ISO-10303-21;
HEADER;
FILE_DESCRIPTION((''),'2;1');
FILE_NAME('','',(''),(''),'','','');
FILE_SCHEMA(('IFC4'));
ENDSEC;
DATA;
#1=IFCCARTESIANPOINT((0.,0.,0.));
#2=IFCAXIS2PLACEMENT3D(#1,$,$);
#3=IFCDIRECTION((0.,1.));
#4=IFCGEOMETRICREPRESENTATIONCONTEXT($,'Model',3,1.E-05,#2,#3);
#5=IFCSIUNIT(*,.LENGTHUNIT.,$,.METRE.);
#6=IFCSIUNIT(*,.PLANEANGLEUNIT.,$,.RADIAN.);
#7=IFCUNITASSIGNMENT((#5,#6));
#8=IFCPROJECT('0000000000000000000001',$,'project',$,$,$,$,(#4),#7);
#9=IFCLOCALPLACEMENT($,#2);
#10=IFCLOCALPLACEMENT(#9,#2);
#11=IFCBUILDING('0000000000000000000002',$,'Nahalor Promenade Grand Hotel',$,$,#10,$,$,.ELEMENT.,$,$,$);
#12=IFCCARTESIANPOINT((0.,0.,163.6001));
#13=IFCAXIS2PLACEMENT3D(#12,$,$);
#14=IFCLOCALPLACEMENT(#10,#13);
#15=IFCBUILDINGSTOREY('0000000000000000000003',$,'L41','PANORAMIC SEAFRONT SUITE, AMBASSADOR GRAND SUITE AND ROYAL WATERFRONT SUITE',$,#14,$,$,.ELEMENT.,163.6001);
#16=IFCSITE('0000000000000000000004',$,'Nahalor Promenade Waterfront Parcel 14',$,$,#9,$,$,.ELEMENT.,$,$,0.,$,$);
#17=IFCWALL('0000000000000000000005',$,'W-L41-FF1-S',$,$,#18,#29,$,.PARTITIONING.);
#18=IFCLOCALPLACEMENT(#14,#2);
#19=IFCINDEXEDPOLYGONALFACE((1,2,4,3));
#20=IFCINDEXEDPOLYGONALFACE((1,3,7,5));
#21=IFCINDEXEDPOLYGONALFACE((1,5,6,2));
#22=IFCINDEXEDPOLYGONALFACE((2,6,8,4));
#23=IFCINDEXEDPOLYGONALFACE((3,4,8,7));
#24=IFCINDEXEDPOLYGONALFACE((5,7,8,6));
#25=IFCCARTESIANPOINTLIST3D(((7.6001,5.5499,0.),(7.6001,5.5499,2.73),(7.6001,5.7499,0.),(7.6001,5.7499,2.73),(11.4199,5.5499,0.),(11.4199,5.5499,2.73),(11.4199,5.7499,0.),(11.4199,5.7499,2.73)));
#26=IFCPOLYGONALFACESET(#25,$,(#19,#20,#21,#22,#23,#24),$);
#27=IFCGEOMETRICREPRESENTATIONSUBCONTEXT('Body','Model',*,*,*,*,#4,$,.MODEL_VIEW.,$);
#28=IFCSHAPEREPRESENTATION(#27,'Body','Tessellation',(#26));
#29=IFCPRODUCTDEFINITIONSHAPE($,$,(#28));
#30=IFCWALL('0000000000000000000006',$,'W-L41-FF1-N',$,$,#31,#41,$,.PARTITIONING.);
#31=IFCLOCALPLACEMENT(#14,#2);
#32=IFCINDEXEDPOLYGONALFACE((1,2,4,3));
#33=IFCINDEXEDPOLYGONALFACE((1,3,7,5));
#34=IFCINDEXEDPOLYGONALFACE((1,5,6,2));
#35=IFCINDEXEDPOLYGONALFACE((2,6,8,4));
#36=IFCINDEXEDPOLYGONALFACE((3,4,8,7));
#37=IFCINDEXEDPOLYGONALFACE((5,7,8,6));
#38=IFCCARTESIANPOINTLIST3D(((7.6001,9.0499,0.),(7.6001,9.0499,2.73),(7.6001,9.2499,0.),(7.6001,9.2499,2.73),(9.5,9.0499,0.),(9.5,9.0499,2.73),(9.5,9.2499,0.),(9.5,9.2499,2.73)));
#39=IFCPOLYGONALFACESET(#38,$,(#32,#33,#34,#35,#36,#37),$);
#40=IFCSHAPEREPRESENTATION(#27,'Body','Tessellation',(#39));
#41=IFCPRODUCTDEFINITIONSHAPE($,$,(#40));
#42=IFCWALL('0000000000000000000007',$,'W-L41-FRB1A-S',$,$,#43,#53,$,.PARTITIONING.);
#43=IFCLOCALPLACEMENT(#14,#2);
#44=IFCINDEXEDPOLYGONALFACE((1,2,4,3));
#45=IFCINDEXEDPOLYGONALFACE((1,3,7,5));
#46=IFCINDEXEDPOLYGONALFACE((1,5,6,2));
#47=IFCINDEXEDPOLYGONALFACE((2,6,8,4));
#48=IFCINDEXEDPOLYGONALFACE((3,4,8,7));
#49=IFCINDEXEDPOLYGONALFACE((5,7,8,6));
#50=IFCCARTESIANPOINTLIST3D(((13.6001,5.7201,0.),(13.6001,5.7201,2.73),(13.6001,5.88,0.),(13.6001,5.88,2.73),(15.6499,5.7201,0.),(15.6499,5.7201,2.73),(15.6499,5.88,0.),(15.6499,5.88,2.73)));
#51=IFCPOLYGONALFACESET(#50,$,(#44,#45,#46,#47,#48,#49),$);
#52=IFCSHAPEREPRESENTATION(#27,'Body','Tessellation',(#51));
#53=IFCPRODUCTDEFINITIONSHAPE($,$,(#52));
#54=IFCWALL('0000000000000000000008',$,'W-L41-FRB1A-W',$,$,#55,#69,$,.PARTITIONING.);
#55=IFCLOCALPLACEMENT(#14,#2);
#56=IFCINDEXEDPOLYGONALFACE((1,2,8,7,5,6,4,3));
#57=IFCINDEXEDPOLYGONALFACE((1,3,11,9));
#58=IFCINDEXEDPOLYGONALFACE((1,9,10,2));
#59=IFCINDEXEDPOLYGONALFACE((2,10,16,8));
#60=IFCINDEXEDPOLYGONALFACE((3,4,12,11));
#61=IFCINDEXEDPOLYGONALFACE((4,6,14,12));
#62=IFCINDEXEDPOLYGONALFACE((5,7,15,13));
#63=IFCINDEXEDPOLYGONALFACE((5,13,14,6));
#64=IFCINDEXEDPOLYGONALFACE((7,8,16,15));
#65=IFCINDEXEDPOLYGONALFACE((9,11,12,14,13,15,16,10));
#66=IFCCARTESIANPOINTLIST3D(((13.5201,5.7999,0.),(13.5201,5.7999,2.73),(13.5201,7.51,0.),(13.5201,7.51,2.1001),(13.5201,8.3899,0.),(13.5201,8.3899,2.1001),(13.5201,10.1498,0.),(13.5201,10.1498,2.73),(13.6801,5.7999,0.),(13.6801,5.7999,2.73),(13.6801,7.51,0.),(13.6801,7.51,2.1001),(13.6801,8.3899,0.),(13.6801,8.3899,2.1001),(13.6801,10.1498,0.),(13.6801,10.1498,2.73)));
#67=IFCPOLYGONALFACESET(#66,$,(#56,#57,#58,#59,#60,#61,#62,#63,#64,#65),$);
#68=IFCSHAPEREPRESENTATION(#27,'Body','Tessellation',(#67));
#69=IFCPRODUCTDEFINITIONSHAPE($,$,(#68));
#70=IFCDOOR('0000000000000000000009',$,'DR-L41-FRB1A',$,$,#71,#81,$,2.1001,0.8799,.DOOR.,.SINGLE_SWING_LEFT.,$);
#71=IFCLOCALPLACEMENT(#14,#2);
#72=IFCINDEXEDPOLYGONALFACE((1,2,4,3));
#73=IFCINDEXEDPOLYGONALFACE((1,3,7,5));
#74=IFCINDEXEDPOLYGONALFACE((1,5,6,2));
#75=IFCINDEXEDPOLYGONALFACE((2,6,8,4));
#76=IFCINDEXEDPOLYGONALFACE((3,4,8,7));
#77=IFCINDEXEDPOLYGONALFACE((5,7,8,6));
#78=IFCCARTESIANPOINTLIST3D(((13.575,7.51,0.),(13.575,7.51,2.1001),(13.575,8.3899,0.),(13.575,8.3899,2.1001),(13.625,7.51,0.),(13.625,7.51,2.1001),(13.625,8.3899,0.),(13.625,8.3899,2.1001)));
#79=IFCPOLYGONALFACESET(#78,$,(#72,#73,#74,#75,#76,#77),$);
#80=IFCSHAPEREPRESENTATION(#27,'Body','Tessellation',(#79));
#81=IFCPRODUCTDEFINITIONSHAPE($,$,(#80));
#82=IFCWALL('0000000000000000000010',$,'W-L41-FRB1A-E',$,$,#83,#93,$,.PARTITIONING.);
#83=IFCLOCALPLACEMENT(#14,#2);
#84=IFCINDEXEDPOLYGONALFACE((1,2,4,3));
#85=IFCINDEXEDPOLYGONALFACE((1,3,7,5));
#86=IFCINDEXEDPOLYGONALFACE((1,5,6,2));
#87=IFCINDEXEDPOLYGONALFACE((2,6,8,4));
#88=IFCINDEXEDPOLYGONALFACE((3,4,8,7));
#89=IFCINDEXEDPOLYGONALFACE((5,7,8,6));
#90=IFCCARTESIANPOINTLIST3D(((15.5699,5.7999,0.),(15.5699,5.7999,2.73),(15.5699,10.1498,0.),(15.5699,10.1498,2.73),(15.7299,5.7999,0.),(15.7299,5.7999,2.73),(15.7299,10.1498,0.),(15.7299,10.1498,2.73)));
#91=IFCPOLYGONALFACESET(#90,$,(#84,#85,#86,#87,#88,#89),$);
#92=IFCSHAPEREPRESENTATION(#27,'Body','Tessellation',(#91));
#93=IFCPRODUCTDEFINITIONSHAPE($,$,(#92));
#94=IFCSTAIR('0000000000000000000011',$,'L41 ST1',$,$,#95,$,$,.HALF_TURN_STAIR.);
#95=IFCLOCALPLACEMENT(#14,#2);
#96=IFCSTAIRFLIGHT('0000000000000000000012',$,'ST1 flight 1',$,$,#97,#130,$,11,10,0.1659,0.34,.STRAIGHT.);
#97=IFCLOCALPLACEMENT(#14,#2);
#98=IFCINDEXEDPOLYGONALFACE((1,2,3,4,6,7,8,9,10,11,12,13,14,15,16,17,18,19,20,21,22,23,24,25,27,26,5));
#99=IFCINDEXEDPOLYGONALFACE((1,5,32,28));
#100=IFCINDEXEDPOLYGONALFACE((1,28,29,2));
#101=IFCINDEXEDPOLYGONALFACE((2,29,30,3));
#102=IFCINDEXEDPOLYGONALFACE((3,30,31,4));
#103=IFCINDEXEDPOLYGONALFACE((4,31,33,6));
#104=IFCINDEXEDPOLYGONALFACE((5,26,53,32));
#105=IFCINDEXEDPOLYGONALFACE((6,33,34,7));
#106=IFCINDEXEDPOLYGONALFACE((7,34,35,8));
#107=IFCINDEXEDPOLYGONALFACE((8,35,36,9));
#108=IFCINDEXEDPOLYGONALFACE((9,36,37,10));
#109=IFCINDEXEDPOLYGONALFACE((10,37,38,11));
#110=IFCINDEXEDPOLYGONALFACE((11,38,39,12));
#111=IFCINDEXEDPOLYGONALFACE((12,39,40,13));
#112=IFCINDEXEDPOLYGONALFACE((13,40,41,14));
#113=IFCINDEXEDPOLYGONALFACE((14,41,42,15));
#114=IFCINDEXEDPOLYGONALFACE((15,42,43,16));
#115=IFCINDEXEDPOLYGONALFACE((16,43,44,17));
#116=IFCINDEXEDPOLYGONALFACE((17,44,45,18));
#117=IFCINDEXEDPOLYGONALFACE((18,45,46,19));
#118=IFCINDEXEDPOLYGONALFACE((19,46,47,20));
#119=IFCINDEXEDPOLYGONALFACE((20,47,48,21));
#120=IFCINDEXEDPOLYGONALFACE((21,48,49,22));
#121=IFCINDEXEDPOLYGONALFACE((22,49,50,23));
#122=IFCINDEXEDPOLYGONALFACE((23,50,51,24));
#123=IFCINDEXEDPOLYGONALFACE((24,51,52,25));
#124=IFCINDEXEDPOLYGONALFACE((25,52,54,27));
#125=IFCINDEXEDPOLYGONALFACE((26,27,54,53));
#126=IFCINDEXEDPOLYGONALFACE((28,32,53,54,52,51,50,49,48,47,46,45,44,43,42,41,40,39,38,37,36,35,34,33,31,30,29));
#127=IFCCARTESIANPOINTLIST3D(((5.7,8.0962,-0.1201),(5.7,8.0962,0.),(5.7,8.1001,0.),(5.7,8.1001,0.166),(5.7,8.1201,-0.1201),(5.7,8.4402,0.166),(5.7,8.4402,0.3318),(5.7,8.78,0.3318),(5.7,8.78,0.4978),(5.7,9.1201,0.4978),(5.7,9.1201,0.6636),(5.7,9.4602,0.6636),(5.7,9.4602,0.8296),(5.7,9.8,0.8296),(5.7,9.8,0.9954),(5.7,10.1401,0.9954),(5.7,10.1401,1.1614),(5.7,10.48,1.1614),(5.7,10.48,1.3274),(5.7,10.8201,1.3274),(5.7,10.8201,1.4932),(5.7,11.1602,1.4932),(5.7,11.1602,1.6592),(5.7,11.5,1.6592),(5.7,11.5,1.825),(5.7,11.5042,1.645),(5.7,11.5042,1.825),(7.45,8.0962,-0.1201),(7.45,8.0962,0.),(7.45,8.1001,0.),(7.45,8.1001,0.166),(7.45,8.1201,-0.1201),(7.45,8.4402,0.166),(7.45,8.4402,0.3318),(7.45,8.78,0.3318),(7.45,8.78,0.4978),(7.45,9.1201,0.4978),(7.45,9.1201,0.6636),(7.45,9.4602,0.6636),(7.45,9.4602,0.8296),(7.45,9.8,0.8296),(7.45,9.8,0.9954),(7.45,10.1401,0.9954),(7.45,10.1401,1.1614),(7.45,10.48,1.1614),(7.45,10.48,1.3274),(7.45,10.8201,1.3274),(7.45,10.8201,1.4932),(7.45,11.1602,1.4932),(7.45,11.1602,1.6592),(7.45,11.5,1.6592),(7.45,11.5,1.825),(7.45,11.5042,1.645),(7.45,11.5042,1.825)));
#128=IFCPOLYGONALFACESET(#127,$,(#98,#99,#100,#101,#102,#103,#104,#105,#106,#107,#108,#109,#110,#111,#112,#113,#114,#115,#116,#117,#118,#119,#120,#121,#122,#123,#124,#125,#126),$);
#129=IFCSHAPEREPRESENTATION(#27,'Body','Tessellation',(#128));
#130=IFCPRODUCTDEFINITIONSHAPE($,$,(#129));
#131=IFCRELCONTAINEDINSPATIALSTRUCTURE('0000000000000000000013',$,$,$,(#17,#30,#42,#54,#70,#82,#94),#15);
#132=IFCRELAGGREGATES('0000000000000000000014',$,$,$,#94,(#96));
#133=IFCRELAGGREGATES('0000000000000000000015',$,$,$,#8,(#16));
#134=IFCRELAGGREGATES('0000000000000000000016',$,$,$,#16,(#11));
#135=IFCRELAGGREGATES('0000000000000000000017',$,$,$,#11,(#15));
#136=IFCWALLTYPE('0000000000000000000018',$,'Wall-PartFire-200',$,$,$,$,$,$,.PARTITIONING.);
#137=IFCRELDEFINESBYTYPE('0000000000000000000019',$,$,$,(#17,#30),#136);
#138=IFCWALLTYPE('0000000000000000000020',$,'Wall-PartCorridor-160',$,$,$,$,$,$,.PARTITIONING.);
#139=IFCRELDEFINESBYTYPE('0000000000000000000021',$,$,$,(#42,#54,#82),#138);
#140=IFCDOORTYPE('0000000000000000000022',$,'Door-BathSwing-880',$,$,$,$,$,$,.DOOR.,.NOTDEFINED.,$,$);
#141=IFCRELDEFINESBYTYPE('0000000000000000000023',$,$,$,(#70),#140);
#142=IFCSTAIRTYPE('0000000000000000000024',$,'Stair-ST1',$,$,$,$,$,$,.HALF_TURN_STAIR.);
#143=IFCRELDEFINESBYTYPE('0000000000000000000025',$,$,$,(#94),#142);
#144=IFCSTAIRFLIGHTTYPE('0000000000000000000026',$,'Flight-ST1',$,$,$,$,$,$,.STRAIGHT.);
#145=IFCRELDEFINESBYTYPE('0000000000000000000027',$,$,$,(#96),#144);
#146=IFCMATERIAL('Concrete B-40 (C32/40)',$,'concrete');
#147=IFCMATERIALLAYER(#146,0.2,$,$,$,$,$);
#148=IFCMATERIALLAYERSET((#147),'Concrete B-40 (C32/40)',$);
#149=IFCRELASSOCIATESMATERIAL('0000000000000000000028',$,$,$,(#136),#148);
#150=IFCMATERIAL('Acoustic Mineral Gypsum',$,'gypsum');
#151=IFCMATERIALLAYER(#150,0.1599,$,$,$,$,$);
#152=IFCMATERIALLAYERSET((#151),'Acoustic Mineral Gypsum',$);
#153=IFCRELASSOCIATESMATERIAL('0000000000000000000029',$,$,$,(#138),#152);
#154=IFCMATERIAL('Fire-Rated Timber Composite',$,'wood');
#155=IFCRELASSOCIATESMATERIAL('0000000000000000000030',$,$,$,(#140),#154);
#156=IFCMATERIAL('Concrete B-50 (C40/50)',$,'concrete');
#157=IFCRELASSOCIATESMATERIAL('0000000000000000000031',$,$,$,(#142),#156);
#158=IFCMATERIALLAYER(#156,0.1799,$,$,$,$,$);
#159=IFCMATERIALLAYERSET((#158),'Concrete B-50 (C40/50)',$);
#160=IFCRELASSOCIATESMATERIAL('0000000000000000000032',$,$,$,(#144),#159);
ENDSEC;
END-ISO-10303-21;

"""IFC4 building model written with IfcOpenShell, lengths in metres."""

from ifc_helpers import new_model, si_unit, direction, frame, frame_2d, origin, place, context, subcontext, project, spatial, polyline, rectangle, outline, extrude, source, transform, mapped, material, layer, layer_set, type_object, element, fill, aggregate, save


model = new_model("IFC4")

# Units and contexts
model_context = context("Model", 3, precision=1e-05, world=origin(), true_north=direction((0.0, 1.0)))
body_context = subcontext(model_context, "Body", "Model", "MODEL_VIEW")
ifc_project = project(units=[si_unit("LENGTHUNIT", "METRE"), si_unit("PLANEANGLEUNIT", "RADIAN")], contexts=[model_context])

# Site, building, storey
site_placement = place(None, origin())
site = spatial("IfcSite", under=ifc_project, at=site_placement, Name="Nahalor Promenade Waterfront Parcel 14", CompositionType="ELEMENT", RefElevation=0.0)
building_placement = place(site_placement, origin())
building = spatial("IfcBuilding", under=site, at=building_placement, Name="Nahalor Promenade Grand Hotel", CompositionType="ELEMENT")
storey_placement = place(building_placement, frame((0.0, 0.0, 163.6001)))
storey = spatial("IfcBuildingStorey", under=building, at=storey_placement, Name="L41", Description="PANORAMIC SEAFRONT SUITE, AMBASSADOR GRAND SUITE AND ROYAL WATERFRONT SUITE", CompositionType="ELEMENT", Elevation=163.6001)

# Shared definitions
ifc_material_1 = material(Name="Concrete B-50 (C40/50)", Category="concrete")

# Walls
ifc_material_2 = material(Name="Concrete B-40 (C32/40)", Category="concrete")
ifc_layer_1 = layer(ifc_material_2, 0.2)
ifc_layer_set_1 = layer_set([ifc_layer_1], Name="Concrete B-40 (C32/40)")
wall_type_1 = type_object("IfcWallType", Name="Wall-PartFire-200", PredefinedType="PARTITIONING", material=ifc_layer_set_1)
shared_shape_1 = source(origin(), body_context, "Body", "SweptSolid", [
    extrude(rectangle(XDim=3.8198, YDim=0.2, at=frame_2d((1.9099, 0.0))), origin(), (0.0, 0.0, 1.0), 2.73),
])
wall_1_placement = place(storey_placement, frame((7.6001, 5.6499, 0.0), z_axis=(0.0, 0.0, 1.0), x_axis=(1.0, 0.0, 0.0)))
element("IfcWall", 1, at=wall_1_placement, inside=storey, type_object=wall_type_1, Name="W-L41-FF1-S", PredefinedType="PARTITIONING", context=body_context, shape_type="MappedRepresentation", body=[
    mapped(shared_shape_1, transform((0.0, 0.0, 0.0), scale=1.0)),
])
shared_shape_2 = source(origin(), body_context, "Body", "SweptSolid", [
    extrude(rectangle(XDim=1.8999, YDim=0.2, at=frame_2d((0.95, 0.0))), origin(), (0.0, 0.0, 1.0), 2.73),
])
wall_2_placement = place(storey_placement, frame((7.6001, 9.1499, 0.0), z_axis=(0.0, 0.0, 1.0), x_axis=(1.0, 0.0, 0.0)))
element("IfcWall", 2, at=wall_2_placement, inside=storey, type_object=wall_type_1, Name="W-L41-FF1-N", PredefinedType="PARTITIONING", context=body_context, shape_type="MappedRepresentation", body=[
    mapped(shared_shape_2, transform((0.0, 0.0, 0.0), scale=1.0)),
])

# Wall
ifc_material_3 = material(Name="Acoustic Mineral Gypsum", Category="gypsum")
ifc_layer_2 = layer(ifc_material_3, 0.1599)
ifc_layer_set_2 = layer_set([ifc_layer_2], Name="Acoustic Mineral Gypsum")
wall_type_2 = type_object("IfcWallType", Name="Wall-PartCorridor-160", PredefinedType="PARTITIONING", material=ifc_layer_set_2)
shared_shape_3 = source(origin(), body_context, "Body", "SweptSolid", [
    extrude(rectangle(XDim=2.0498, YDim=0.1599, at=frame_2d((1.0249, 0.0))), origin(), (0.0, 0.0, 1.0), 2.73),
])
wall_3_placement = place(storey_placement, frame((13.6001, 5.8, 0.0), z_axis=(0.0, 0.0, 1.0), x_axis=(1.0, 0.0, 0.0)))
element("IfcWall", 3, at=wall_3_placement, inside=storey, type_object=wall_type_2, Name="W-L41-FRB1A-S", PredefinedType="PARTITIONING", context=body_context, shape_type="MappedRepresentation", body=[
    mapped(shared_shape_3, transform((0.0, 0.0, 0.0), scale=1.0)),
])

# Wall, opening, door
shared_shape_4 = source(origin(), body_context, "Body", "SweptSolid", [
    extrude(rectangle(XDim=4.3499, YDim=0.1599, at=frame_2d((2.1748, 0.0))), origin(), (0.0, 0.0, 1.0), 2.73),
])
wall_4_placement = place(storey_placement, frame((13.6001, 5.8, 0.0), z_axis=(0.0, 0.0, 1.0), x_axis=(0.0, 1.0, 0.0)))
wall_4 = element("IfcWall", 4, at=wall_4_placement, inside=storey, type_object=wall_type_2, Name="W-L41-FRB1A-W", PredefinedType="PARTITIONING", context=body_context, shape_type="MappedRepresentation", body=[
    mapped(shared_shape_4, transform((0.0, 0.0, 0.0), scale=1.0)),
])
opening_1_placement = place(wall_4_placement, frame((1.71, 0.0, 0.0)))
opening_1 = element("IfcOpeningElement", 5, at=opening_1_placement, cuts=wall_4, PredefinedType="OPENING", context=body_context, shape_type="SweptSolid", body=[
    extrude(rectangle(XDim=0.8799, YDim=2.1001, at=frame_2d((0.4399, 1.05))), frame((0.0, 0.0898, 0.0), z_axis=(0.0, -1.0, 0.0), x_axis=(1.0, 0.0, 0.0)), (0.0, 0.0, 1.0), 0.1799),
])
ifc_material_4 = material(Name="Fire-Rated Timber Composite", Category="wood")
door_type_1 = type_object("IfcDoorType", Name="Door-BathSwing-880", OperationType="NOTDEFINED", PredefinedType="DOOR", material=ifc_material_4)
shared_shape_5 = source(origin(), body_context, "Body", "SweptSolid", [
    extrude(rectangle(XDim=0.8799, YDim=2.1001, at=frame_2d((0.4399, 1.05))), frame((0.0, 0.0249, 0.0), z_axis=(0.0, -1.0, 0.0), x_axis=(1.0, 0.0, 0.0)), (0.0, 0.0, 1.0), 0.05),
])
door_1_placement = place(opening_1_placement, frame((0.8799, 0.0, 0.0), z_axis=(0.0, 0.0, 1.0), x_axis=(-1.0, 0.0, 0.0)))
door_1 = element("IfcDoor", 6, at=door_1_placement, inside=storey, type_object=door_type_1, Name="DR-L41-FRB1A", OperationType="SINGLE_SWING_LEFT", OverallHeight=2.1001, OverallWidth=0.8799, PredefinedType="DOOR", context=body_context, shape_type="MappedRepresentation", body=[
    mapped(shared_shape_5, transform((0.0, 0.0, 0.0), scale=1.0)),
])
fill(opening_1, door_1)

# Wall
wall_5_placement = place(storey_placement, frame((15.6499, 5.8, 0.0), z_axis=(0.0, 0.0, 1.0), x_axis=(0.0, 1.0, 0.0)))
element("IfcWall", 7, at=wall_5_placement, inside=storey, type_object=wall_type_2, Name="W-L41-FRB1A-E", PredefinedType="PARTITIONING", context=body_context, shape_type="MappedRepresentation", body=[
    mapped(shared_shape_4, transform((0.0, 0.0, 0.0), scale=1.0)),
])

# Stair, stair flight
stair_type = type_object("IfcStairType", Name="Stair-ST1", PredefinedType="HALF_TURN_STAIR", material=ifc_material_1)
stair_placement = place(storey_placement, origin())
stair = element("IfcStair", 8, at=stair_placement, inside=storey, type_object=stair_type, Name="L41 ST1", PredefinedType="HALF_TURN_STAIR")
ifc_layer_3 = layer(ifc_material_1, 0.1799)
ifc_layer_set_3 = layer_set([ifc_layer_3], Name="Concrete B-50 (C40/50)")
stair_flight_type = type_object("IfcStairFlightType", Name="Flight-ST1", PredefinedType="STRAIGHT", material=ifc_layer_set_3)
shared_shape_6 = source(origin(), body_context, "Body", "SweptSolid", [
    extrude(outline(polyline([(-0.0039, -0.1201), (-0.0039, 0.0), (0.0, 0.0), (0.0, 0.166), (0.3401, 0.166), (0.3401, 0.3318), (0.6799, 0.3318), (0.6799, 0.4978), (1.02, 0.4978), (1.02, 0.6636), (1.3601, 0.6636), (1.3601, 0.8296), (1.7, 0.8296), (1.7, 0.9954), (2.04, 0.9954), (2.04, 1.1614), (2.3799, 1.1614), (2.3799, 1.3274), (2.72, 1.3274), (2.72, 1.4932), (3.0601, 1.4932), (3.0601, 1.6592), (3.3999, 1.6592), (3.3999, 1.825), (3.4041, 1.825), (3.4041, 1.645), (0.02, -0.1201), (-0.0039, -0.1201)])), frame((0.0, 0.875, 0.0), z_axis=(0.0, -1.0, 0.0), x_axis=(1.0, 0.0, 0.0)), (0.0, 0.0, 1.0), 1.75),
])
stair_flight_placement = place(storey_placement, frame((6.575, 8.1001, 0.0), z_axis=(0.0, 0.0, 1.0), x_axis=(0.0, 1.0, 0.0)))
stair_flight = element("IfcStairFlight", 9, at=stair_flight_placement, type_object=stair_flight_type, Name="ST1 flight 1", NumberOfRisers=11, NumberOfTreads=10, PredefinedType="STRAIGHT", RiserHeight=0.1659, TreadLength=0.34, context=body_context, shape_type="MappedRepresentation", body=[
    mapped(shared_shape_6, transform((0.0, 0.0, 0.0), scale=1.0)),
])
aggregate(stair, [stair_flight])

save(model, "model.ifc")
